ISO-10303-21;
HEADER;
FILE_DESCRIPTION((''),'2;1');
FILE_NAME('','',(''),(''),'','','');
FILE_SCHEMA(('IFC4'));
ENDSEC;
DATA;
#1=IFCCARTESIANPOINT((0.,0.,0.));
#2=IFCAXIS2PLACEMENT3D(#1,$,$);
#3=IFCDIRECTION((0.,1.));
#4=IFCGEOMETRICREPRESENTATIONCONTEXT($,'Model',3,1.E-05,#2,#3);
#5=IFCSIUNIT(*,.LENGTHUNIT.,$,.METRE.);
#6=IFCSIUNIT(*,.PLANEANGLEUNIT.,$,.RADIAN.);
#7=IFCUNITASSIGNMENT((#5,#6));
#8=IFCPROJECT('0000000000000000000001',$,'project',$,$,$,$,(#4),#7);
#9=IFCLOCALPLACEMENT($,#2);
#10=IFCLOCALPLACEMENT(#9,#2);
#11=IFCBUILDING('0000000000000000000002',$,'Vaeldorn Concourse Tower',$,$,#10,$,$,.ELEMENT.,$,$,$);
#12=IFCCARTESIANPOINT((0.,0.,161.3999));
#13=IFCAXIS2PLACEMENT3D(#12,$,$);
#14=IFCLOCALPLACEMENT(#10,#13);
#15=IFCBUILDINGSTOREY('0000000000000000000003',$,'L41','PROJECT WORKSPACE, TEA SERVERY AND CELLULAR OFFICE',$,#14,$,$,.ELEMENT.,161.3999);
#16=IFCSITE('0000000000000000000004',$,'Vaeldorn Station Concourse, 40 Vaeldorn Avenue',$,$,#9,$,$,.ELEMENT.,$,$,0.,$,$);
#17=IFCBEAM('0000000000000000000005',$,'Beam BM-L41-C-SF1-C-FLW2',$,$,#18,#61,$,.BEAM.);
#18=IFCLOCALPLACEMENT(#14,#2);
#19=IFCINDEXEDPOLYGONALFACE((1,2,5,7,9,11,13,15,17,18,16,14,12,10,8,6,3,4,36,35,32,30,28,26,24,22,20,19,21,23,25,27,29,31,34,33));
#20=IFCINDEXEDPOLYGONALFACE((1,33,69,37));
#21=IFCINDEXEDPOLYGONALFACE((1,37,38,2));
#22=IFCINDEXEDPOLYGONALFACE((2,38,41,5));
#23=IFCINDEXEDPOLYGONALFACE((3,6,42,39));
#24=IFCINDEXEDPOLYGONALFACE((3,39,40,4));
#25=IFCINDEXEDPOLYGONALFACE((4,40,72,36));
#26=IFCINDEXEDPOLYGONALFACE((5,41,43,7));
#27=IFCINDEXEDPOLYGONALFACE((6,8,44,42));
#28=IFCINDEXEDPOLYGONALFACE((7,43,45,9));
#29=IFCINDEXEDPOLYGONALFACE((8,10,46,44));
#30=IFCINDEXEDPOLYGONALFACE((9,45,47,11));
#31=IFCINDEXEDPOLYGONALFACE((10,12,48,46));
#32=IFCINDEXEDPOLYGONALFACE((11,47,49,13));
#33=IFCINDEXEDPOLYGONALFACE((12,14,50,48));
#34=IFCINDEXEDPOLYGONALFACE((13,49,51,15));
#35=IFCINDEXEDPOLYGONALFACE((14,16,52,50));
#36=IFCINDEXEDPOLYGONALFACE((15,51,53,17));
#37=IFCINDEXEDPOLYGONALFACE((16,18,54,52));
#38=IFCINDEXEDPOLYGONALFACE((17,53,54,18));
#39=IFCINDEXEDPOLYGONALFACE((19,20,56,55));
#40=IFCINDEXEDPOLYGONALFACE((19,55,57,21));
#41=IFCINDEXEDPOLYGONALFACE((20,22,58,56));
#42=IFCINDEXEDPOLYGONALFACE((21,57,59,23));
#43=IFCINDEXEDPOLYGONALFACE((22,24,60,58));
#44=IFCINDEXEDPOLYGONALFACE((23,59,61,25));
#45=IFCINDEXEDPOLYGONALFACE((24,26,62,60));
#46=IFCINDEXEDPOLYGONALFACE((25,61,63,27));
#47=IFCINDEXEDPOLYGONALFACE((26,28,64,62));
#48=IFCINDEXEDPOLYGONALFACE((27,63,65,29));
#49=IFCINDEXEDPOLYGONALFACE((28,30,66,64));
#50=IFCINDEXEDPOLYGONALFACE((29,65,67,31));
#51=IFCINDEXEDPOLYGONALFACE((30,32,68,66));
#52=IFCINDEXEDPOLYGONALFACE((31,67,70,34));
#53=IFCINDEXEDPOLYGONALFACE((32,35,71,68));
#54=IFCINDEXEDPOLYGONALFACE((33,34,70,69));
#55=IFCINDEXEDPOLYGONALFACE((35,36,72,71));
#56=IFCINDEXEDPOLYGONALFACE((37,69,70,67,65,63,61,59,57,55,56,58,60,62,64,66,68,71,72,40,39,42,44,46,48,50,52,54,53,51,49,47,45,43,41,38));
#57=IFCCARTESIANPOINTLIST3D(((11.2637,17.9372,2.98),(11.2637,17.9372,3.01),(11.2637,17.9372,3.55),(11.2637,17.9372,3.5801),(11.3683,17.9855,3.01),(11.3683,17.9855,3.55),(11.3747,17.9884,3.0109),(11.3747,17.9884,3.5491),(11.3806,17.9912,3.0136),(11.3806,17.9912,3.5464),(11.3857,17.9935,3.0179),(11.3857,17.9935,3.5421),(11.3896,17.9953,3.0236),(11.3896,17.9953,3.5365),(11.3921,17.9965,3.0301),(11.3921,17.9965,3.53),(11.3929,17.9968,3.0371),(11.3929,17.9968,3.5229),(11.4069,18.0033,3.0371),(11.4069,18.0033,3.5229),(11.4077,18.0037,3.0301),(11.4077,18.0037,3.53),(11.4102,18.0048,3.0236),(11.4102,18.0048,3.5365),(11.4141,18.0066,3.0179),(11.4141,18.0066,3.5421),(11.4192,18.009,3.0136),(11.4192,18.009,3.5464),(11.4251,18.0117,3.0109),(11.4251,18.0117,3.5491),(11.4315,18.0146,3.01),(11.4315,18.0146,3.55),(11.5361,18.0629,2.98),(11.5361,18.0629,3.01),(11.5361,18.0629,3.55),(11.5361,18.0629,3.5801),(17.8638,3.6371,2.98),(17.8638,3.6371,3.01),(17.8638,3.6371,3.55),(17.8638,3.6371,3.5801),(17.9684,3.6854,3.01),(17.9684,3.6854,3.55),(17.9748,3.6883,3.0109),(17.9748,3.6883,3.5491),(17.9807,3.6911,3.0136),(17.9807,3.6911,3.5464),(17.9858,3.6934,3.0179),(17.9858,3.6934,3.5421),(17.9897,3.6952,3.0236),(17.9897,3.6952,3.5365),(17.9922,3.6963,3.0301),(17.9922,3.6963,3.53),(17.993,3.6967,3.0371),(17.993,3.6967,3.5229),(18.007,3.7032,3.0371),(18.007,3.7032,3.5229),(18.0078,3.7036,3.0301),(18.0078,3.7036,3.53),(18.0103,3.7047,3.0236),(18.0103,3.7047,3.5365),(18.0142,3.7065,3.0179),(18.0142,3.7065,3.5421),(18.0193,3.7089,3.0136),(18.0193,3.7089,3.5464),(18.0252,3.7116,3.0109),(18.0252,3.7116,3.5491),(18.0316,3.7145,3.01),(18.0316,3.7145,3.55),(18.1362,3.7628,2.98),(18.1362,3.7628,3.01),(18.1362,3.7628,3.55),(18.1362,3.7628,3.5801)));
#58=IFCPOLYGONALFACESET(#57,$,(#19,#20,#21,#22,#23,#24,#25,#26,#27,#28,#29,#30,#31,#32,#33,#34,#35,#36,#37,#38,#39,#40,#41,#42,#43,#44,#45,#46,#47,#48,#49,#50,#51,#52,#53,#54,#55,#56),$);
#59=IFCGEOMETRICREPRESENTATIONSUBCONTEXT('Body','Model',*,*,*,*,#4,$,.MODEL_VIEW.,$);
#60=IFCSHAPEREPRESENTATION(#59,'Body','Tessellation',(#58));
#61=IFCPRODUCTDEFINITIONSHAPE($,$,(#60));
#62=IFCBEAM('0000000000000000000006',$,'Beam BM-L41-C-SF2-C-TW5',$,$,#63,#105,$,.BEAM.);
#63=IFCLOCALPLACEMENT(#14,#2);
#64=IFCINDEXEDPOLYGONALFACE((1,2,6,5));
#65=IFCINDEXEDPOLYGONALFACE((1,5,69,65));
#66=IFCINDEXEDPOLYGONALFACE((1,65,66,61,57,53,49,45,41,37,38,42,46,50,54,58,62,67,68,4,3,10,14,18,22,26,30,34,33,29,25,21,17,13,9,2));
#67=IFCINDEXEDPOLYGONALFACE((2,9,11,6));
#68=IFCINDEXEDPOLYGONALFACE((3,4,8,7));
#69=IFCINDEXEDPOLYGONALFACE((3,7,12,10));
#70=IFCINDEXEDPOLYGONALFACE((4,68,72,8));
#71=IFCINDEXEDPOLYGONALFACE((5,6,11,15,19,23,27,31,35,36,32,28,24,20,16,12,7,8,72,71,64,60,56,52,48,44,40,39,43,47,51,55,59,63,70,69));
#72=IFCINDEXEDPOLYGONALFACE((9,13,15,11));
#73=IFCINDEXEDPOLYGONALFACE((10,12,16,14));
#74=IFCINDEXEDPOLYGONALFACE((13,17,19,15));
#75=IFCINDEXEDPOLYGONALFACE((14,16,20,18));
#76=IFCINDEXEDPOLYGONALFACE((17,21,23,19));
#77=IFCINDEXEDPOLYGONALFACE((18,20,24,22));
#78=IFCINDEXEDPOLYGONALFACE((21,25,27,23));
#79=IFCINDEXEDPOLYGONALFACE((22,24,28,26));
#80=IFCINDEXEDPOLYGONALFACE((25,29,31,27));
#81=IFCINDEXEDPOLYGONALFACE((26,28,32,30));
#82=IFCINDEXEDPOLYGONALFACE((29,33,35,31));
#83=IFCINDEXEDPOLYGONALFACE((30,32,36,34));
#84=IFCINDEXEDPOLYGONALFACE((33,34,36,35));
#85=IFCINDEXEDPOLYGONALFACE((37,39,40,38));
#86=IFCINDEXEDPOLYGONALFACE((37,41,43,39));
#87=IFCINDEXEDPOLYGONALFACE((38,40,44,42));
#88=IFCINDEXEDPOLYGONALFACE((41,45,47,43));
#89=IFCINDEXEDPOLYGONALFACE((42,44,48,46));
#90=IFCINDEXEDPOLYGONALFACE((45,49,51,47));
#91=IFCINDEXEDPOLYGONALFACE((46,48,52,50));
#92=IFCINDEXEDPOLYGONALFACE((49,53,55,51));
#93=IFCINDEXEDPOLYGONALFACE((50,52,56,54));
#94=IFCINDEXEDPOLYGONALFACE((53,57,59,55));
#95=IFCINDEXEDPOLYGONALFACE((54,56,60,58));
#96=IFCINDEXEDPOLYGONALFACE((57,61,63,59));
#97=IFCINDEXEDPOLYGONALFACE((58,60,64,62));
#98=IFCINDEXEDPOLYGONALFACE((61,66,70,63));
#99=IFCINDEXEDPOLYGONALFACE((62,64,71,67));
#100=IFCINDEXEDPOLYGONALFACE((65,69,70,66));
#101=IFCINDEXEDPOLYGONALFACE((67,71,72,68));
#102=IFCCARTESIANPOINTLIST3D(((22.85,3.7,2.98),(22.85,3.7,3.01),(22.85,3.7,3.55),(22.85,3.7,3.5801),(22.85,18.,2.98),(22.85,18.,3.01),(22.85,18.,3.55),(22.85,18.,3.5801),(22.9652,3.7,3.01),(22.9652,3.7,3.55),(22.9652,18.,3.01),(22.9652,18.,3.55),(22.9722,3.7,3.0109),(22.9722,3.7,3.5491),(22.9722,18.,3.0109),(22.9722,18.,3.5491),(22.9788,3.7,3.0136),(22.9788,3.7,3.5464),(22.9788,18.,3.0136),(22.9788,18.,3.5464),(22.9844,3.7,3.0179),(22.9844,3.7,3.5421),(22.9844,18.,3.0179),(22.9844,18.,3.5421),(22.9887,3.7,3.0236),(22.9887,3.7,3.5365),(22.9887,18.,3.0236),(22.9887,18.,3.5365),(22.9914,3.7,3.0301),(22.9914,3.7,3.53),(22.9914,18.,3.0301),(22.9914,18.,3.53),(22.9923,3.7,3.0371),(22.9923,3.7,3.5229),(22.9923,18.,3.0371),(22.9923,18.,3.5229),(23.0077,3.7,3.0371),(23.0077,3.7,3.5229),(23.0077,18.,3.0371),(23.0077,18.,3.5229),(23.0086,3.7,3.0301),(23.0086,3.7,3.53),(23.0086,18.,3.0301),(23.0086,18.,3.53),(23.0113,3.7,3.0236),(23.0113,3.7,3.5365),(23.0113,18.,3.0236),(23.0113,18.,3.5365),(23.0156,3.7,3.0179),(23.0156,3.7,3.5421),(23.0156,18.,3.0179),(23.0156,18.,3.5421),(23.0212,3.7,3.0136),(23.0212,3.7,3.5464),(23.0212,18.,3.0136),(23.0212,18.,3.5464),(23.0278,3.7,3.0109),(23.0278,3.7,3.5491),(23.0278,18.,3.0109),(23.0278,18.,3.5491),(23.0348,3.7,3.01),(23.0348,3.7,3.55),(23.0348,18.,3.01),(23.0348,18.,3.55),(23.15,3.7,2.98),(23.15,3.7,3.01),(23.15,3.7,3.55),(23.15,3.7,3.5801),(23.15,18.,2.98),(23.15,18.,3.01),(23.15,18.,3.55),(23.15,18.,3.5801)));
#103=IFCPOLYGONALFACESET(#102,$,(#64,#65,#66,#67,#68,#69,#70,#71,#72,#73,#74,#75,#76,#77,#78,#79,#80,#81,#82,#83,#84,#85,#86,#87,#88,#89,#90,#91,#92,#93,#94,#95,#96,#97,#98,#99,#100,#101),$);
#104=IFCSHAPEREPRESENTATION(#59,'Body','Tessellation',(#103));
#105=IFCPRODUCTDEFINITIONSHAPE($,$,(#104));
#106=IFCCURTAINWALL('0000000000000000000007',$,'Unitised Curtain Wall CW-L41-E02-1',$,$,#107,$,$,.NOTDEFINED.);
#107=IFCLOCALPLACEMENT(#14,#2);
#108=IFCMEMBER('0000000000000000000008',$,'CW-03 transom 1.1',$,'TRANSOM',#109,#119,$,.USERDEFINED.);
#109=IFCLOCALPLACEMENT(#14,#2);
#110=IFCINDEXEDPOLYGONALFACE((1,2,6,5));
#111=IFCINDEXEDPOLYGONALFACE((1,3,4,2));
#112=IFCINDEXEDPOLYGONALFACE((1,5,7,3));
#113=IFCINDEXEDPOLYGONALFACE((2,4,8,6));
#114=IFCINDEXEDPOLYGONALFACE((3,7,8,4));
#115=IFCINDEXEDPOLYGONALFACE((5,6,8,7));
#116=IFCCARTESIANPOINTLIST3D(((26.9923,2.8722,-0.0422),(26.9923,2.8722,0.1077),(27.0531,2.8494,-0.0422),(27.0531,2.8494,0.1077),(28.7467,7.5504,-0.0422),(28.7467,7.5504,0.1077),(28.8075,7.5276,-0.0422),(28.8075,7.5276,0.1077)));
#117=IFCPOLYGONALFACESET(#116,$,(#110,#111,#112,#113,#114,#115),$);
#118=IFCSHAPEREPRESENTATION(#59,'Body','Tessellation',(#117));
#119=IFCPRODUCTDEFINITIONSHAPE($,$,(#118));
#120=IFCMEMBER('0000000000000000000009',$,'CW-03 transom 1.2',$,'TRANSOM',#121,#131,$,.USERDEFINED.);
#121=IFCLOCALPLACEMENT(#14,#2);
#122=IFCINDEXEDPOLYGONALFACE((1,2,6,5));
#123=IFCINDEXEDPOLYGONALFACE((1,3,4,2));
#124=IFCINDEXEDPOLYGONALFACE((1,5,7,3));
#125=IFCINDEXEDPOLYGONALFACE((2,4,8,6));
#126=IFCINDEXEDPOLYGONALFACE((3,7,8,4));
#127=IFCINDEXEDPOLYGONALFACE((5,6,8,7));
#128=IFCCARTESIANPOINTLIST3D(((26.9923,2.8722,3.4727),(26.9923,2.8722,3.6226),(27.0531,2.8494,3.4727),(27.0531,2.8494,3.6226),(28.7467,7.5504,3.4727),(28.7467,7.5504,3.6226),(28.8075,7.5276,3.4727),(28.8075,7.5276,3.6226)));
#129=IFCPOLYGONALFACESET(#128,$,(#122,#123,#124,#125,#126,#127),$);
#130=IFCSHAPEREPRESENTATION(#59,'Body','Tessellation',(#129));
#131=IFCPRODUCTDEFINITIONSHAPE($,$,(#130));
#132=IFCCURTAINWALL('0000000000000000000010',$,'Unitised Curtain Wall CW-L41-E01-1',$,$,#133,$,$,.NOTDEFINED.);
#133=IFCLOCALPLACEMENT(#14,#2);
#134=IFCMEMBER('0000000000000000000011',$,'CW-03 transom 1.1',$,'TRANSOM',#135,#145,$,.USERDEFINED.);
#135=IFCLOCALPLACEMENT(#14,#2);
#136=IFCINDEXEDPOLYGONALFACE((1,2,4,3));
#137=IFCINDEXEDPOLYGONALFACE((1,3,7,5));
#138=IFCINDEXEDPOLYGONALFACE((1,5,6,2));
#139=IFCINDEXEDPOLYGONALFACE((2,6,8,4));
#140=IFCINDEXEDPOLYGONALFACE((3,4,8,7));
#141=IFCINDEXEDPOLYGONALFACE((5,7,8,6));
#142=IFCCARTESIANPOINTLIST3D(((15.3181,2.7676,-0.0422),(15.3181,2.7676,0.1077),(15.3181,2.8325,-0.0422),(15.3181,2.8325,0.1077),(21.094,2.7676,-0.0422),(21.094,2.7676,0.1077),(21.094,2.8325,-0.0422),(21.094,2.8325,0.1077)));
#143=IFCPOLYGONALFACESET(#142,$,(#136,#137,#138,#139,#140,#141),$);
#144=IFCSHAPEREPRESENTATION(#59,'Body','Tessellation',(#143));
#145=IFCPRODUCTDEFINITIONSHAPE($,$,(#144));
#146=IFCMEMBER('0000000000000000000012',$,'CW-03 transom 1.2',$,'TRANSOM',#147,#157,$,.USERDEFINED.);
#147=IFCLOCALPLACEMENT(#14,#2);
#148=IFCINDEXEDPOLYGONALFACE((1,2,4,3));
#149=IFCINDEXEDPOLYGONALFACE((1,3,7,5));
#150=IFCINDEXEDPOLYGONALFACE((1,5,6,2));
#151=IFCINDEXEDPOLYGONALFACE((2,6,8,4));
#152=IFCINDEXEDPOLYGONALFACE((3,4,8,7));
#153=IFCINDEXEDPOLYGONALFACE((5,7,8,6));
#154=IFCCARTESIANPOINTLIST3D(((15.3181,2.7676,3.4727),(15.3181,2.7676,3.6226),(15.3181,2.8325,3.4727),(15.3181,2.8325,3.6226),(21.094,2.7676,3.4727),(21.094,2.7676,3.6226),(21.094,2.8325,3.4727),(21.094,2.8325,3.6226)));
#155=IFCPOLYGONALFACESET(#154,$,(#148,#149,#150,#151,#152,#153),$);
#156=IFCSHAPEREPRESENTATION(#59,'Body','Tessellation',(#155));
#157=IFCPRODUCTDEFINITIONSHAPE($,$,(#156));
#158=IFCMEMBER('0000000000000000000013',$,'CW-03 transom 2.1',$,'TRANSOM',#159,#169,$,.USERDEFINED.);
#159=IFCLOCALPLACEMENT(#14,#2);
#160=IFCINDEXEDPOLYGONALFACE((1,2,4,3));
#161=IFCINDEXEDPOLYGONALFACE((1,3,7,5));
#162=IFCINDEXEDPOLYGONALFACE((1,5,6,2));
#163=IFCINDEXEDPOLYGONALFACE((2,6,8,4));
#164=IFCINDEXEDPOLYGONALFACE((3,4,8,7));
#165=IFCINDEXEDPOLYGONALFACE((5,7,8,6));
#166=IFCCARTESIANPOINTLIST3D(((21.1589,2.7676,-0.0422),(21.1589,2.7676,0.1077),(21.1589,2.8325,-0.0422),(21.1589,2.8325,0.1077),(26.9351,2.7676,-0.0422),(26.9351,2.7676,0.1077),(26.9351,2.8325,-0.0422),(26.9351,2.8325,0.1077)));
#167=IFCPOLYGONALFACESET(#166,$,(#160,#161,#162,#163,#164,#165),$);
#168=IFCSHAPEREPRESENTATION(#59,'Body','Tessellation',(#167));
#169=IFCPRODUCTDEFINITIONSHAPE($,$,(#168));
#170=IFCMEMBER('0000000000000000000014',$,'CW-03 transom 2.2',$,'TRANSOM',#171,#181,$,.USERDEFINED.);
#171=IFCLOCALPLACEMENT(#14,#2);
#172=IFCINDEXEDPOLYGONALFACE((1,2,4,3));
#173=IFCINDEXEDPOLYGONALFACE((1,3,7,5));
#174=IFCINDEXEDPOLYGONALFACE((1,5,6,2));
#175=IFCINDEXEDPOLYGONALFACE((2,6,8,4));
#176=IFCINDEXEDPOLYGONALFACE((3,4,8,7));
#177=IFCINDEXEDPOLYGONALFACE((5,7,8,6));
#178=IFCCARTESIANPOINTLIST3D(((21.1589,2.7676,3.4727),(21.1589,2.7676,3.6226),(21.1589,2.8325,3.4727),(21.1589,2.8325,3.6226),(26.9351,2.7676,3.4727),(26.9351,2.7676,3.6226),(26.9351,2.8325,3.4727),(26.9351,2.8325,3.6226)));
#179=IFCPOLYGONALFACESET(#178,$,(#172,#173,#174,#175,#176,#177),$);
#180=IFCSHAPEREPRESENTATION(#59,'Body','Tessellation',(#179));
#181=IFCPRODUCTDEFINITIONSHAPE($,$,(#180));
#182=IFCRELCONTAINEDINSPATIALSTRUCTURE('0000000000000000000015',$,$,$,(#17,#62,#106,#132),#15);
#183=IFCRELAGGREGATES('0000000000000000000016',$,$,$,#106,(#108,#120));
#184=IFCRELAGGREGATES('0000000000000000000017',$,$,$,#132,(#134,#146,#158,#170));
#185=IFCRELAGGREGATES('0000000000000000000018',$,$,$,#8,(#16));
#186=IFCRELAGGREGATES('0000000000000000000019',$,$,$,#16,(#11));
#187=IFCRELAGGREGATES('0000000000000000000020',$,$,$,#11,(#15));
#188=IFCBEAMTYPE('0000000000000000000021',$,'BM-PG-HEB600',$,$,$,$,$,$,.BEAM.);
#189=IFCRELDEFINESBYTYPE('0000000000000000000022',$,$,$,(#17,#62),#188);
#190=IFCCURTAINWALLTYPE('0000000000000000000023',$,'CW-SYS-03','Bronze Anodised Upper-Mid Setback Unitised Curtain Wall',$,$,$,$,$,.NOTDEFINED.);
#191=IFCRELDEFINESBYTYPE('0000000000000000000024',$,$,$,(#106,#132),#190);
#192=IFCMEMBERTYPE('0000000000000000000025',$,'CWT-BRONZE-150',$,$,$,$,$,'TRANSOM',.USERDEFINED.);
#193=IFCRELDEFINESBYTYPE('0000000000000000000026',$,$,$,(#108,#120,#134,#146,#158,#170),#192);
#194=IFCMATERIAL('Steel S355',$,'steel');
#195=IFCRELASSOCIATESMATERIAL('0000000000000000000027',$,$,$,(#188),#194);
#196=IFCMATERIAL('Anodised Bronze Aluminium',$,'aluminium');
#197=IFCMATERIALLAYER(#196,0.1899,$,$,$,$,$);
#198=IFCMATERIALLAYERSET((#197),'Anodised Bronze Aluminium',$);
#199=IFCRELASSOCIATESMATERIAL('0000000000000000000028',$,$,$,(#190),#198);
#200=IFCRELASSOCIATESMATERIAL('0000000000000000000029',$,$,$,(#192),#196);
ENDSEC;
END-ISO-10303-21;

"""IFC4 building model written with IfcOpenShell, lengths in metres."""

from ifc_helpers import new_model, si_unit, direction, frame, origin, origin_2d, place, context, subcontext, project, spatial, rectangle, i_section, extrude, source, transform, mapped, material, layer, layer_set, material_profile, profile_set, type_object, element, aggregate, save


model = new_model("IFC4")

# Units and contexts
model_context = context("Model", 3, precision=1e-05, world=origin(), true_north=direction((0.0, 1.0)))
body_context = subcontext(model_context, "Body", "Model", "MODEL_VIEW")
ifc_project = project(units=[si_unit("LENGTHUNIT", "METRE"), si_unit("PLANEANGLEUNIT", "RADIAN")], contexts=[model_context])

# Site, building, storey
site_placement = place(None, origin())
site = spatial("IfcSite", under=ifc_project, at=site_placement, Name="Vaeldorn Station Concourse, 40 Vaeldorn Avenue", CompositionType="ELEMENT", RefElevation=0.0)
building_placement = place(site_placement, origin())
building = spatial("IfcBuilding", under=site, at=building_placement, Name="Vaeldorn Concourse Tower", CompositionType="ELEMENT")
storey_placement = place(building_placement, frame((0.0, 0.0, 161.3999)))
storey = spatial("IfcBuildingStorey", under=building, at=storey_placement, Name="L41", Description="PROJECT WORKSPACE, TEA SERVERY AND CELLULAR OFFICE", CompositionType="ELEMENT", Elevation=161.3999)

# Beams
ifc_material_1 = material(Name="Steel S355", Category="steel")
ifc_material_profile_1 = material_profile(ifc_material_1, i_section(OverallWidth=0.3, OverallDepth=0.6001, WebThickness=0.0154, FlangeThickness=0.03, FilletRadius=0.0271, at=origin_2d()), Name="HEB 600")
ifc_profile_set_1 = profile_set([ifc_material_profile_1], Name="Steel S355")
beam_type_1 = type_object("IfcBeamType", Name="BM-PG-HEB600", PredefinedType="BEAM", material=ifc_profile_set_1)
shared_shape_1 = source(origin(), body_context, "Body", "SweptSolid", [
    extrude(i_section(OverallWidth=0.3, OverallDepth=0.6001, WebThickness=0.0154, FlangeThickness=0.03, FilletRadius=0.0271, at=origin_2d()), origin(), (0.0, 0.0, 1.0), 15.7498),
])
beam_1_placement = place(storey_placement, frame((18.0, 3.7, 3.28), z_axis=(-0.419062, 0.907958, 0.0), x_axis=(-0.907958, -0.419062, 0.0)))
element("IfcBeam", 1, at=beam_1_placement, inside=storey, type_object=beam_type_1, Name="Beam BM-L41-C-SF1-C-FLW2", PredefinedType="BEAM", context=body_context, shape_type="MappedRepresentation", body=[
    mapped(shared_shape_1, transform((0.0, 0.0, 0.0), scale=1.0)),
])
shared_shape_2 = source(origin(), body_context, "Body", "SweptSolid", [
    extrude(i_section(OverallWidth=0.3, OverallDepth=0.6001, WebThickness=0.0154, FlangeThickness=0.03, FilletRadius=0.0271, at=origin_2d()), origin(), (0.0, 0.0, 1.0), 14.3),
])
beam_2_placement = place(storey_placement, frame((23.0, 3.7, 3.28), z_axis=(0.0, 1.0, 0.0), x_axis=(-1.0, 0.0, 0.0)))
element("IfcBeam", 2, at=beam_2_placement, inside=storey, type_object=beam_type_1, Name="Beam BM-L41-C-SF2-C-TW5", PredefinedType="BEAM", context=body_context, shape_type="MappedRepresentation", body=[
    mapped(shared_shape_2, transform((0.0, 0.0, 0.0), scale=1.0)),
])

# Curtain walls, members
ifc_material_2 = material(Name="Anodised Bronze Aluminium", Category="aluminium")
ifc_layer_1 = layer(ifc_material_2, 0.1899)
ifc_layer_set_1 = layer_set([ifc_layer_1], Name="Anodised Bronze Aluminium")
curtain_wall_type = type_object("IfcCurtainWallType", Name="CW-SYS-03", Description="Bronze Anodised Upper-Mid Setback Unitised Curtain Wall", PredefinedType="NOTDEFINED", material=ifc_layer_set_1)
curtain_wall_1_placement = place(storey_placement, origin())
curtain_wall_1 = element("IfcCurtainWall", 3, at=curtain_wall_1_placement, inside=storey, type_object=curtain_wall_type, Name="Unitised Curtain Wall CW-L41-E02-1", PredefinedType="NOTDEFINED")
ifc_material_profile_2 = material_profile(ifc_material_2, rectangle(XDim=0.0649, YDim=0.1499, at=origin_2d()), Name="CWT 65x150")
ifc_profile_set_2 = profile_set([ifc_material_profile_2], Name="Anodised Bronze Aluminium")
member_type_1 = type_object("IfcMemberType", Name="CWT-BRONZE-150", ElementType="TRANSOM", PredefinedType="USERDEFINED", material=ifc_profile_set_2)
shared_shape_3 = source(origin(), body_context, "Body", "SweptSolid", [
    extrude(rectangle(XDim=0.0649, YDim=0.1499, at=origin_2d()), origin(), (0.0, 0.0, 1.0), 4.9963),
])
member_1_placement = place(storey_placement, frame((27.0227, 2.8608, 0.0327), z_axis=(0.351134, 0.936325, 0.0), x_axis=(-0.936325, 0.351134, 0.0)))
member_1 = element("IfcMember", 4, at=member_1_placement, type_object=member_type_1, Name="CW-03 transom 1.1", ObjectType="TRANSOM", PredefinedType="USERDEFINED", context=body_context, shape_type="MappedRepresentation", body=[
    mapped(shared_shape_3, transform((0.0, 0.0, 0.0), scale=1.0)),
])
member_2_placement = place(storey_placement, frame((27.0227, 2.8608, 3.5476), z_axis=(0.351134, 0.936325, 0.0), x_axis=(-0.936325, 0.351134, 0.0)))
member_2 = element("IfcMember", 5, at=member_2_placement, type_object=member_type_1, Name="CW-03 transom 1.2", ObjectType="TRANSOM", PredefinedType="USERDEFINED", context=body_context, shape_type="MappedRepresentation", body=[
    mapped(shared_shape_3, transform((0.0, 0.0, 0.0), scale=1.0)),
])
curtain_wall_2_placement = place(storey_placement, origin())
curtain_wall_2 = element("IfcCurtainWall", 6, at=curtain_wall_2_placement, inside=storey, type_object=curtain_wall_type, Name="Unitised Curtain Wall CW-L41-E01-1", PredefinedType="NOTDEFINED")
shared_shape_4 = source(origin(), body_context, "Body", "SweptSolid", [
    extrude(rectangle(XDim=0.0649, YDim=0.1499, at=origin_2d()), origin(), (0.0, 0.0, 1.0), 5.7759),
])
member_3_placement = place(storey_placement, frame((15.3181, 2.8, 0.0327), z_axis=(1.0, 0.0, 0.0), x_axis=(0.0, 1.0, 0.0)))
member_3 = element("IfcMember", 7, at=member_3_placement, type_object=member_type_1, Name="CW-03 transom 1.1", ObjectType="TRANSOM", PredefinedType="USERDEFINED", context=body_context, shape_type="MappedRepresentation", body=[
    mapped(shared_shape_4, transform((0.0, 0.0, 0.0), scale=1.0)),
])
member_4_placement = place(storey_placement, frame((15.3181, 2.8, 3.5476), z_axis=(1.0, 0.0, 0.0), x_axis=(0.0, 1.0, 0.0)))
member_4 = element("IfcMember", 8, at=member_4_placement, type_object=member_type_1, Name="CW-03 transom 1.2", ObjectType="TRANSOM", PredefinedType="USERDEFINED", context=body_context, shape_type="MappedRepresentation", body=[
    mapped(shared_shape_4, transform((0.0, 0.0, 0.0), scale=1.0)),
])
shared_shape_5 = source(origin(), body_context, "Body", "SweptSolid", [
    extrude(rectangle(XDim=0.0649, YDim=0.1499, at=origin_2d()), origin(), (0.0, 0.0, 1.0), 5.7761),
])
member_5_placement = place(storey_placement, frame((21.1589, 2.8, 0.0327), z_axis=(1.0, 0.0, 0.0), x_axis=(0.0, 1.0, 0.0)))
member_5 = element("IfcMember", 9, at=member_5_placement, type_object=member_type_1, Name="CW-03 transom 2.1", ObjectType="TRANSOM", PredefinedType="USERDEFINED", context=body_context, shape_type="MappedRepresentation", body=[
    mapped(shared_shape_5, transform((0.0, 0.0, 0.0), scale=1.0)),
])
member_6_placement = place(storey_placement, frame((21.1589, 2.8, 3.5476), z_axis=(1.0, 0.0, 0.0), x_axis=(0.0, 1.0, 0.0)))
member_6 = element("IfcMember", 10, at=member_6_placement, type_object=member_type_1, Name="CW-03 transom 2.2", ObjectType="TRANSOM", PredefinedType="USERDEFINED", context=body_context, shape_type="MappedRepresentation", body=[
    mapped(shared_shape_5, transform((0.0, 0.0, 0.0), scale=1.0)),
])

aggregate(curtain_wall_1, [member_1, member_2])

aggregate(curtain_wall_2, [member_3, member_4, member_5, member_6])

save(model, "model.ifc")
